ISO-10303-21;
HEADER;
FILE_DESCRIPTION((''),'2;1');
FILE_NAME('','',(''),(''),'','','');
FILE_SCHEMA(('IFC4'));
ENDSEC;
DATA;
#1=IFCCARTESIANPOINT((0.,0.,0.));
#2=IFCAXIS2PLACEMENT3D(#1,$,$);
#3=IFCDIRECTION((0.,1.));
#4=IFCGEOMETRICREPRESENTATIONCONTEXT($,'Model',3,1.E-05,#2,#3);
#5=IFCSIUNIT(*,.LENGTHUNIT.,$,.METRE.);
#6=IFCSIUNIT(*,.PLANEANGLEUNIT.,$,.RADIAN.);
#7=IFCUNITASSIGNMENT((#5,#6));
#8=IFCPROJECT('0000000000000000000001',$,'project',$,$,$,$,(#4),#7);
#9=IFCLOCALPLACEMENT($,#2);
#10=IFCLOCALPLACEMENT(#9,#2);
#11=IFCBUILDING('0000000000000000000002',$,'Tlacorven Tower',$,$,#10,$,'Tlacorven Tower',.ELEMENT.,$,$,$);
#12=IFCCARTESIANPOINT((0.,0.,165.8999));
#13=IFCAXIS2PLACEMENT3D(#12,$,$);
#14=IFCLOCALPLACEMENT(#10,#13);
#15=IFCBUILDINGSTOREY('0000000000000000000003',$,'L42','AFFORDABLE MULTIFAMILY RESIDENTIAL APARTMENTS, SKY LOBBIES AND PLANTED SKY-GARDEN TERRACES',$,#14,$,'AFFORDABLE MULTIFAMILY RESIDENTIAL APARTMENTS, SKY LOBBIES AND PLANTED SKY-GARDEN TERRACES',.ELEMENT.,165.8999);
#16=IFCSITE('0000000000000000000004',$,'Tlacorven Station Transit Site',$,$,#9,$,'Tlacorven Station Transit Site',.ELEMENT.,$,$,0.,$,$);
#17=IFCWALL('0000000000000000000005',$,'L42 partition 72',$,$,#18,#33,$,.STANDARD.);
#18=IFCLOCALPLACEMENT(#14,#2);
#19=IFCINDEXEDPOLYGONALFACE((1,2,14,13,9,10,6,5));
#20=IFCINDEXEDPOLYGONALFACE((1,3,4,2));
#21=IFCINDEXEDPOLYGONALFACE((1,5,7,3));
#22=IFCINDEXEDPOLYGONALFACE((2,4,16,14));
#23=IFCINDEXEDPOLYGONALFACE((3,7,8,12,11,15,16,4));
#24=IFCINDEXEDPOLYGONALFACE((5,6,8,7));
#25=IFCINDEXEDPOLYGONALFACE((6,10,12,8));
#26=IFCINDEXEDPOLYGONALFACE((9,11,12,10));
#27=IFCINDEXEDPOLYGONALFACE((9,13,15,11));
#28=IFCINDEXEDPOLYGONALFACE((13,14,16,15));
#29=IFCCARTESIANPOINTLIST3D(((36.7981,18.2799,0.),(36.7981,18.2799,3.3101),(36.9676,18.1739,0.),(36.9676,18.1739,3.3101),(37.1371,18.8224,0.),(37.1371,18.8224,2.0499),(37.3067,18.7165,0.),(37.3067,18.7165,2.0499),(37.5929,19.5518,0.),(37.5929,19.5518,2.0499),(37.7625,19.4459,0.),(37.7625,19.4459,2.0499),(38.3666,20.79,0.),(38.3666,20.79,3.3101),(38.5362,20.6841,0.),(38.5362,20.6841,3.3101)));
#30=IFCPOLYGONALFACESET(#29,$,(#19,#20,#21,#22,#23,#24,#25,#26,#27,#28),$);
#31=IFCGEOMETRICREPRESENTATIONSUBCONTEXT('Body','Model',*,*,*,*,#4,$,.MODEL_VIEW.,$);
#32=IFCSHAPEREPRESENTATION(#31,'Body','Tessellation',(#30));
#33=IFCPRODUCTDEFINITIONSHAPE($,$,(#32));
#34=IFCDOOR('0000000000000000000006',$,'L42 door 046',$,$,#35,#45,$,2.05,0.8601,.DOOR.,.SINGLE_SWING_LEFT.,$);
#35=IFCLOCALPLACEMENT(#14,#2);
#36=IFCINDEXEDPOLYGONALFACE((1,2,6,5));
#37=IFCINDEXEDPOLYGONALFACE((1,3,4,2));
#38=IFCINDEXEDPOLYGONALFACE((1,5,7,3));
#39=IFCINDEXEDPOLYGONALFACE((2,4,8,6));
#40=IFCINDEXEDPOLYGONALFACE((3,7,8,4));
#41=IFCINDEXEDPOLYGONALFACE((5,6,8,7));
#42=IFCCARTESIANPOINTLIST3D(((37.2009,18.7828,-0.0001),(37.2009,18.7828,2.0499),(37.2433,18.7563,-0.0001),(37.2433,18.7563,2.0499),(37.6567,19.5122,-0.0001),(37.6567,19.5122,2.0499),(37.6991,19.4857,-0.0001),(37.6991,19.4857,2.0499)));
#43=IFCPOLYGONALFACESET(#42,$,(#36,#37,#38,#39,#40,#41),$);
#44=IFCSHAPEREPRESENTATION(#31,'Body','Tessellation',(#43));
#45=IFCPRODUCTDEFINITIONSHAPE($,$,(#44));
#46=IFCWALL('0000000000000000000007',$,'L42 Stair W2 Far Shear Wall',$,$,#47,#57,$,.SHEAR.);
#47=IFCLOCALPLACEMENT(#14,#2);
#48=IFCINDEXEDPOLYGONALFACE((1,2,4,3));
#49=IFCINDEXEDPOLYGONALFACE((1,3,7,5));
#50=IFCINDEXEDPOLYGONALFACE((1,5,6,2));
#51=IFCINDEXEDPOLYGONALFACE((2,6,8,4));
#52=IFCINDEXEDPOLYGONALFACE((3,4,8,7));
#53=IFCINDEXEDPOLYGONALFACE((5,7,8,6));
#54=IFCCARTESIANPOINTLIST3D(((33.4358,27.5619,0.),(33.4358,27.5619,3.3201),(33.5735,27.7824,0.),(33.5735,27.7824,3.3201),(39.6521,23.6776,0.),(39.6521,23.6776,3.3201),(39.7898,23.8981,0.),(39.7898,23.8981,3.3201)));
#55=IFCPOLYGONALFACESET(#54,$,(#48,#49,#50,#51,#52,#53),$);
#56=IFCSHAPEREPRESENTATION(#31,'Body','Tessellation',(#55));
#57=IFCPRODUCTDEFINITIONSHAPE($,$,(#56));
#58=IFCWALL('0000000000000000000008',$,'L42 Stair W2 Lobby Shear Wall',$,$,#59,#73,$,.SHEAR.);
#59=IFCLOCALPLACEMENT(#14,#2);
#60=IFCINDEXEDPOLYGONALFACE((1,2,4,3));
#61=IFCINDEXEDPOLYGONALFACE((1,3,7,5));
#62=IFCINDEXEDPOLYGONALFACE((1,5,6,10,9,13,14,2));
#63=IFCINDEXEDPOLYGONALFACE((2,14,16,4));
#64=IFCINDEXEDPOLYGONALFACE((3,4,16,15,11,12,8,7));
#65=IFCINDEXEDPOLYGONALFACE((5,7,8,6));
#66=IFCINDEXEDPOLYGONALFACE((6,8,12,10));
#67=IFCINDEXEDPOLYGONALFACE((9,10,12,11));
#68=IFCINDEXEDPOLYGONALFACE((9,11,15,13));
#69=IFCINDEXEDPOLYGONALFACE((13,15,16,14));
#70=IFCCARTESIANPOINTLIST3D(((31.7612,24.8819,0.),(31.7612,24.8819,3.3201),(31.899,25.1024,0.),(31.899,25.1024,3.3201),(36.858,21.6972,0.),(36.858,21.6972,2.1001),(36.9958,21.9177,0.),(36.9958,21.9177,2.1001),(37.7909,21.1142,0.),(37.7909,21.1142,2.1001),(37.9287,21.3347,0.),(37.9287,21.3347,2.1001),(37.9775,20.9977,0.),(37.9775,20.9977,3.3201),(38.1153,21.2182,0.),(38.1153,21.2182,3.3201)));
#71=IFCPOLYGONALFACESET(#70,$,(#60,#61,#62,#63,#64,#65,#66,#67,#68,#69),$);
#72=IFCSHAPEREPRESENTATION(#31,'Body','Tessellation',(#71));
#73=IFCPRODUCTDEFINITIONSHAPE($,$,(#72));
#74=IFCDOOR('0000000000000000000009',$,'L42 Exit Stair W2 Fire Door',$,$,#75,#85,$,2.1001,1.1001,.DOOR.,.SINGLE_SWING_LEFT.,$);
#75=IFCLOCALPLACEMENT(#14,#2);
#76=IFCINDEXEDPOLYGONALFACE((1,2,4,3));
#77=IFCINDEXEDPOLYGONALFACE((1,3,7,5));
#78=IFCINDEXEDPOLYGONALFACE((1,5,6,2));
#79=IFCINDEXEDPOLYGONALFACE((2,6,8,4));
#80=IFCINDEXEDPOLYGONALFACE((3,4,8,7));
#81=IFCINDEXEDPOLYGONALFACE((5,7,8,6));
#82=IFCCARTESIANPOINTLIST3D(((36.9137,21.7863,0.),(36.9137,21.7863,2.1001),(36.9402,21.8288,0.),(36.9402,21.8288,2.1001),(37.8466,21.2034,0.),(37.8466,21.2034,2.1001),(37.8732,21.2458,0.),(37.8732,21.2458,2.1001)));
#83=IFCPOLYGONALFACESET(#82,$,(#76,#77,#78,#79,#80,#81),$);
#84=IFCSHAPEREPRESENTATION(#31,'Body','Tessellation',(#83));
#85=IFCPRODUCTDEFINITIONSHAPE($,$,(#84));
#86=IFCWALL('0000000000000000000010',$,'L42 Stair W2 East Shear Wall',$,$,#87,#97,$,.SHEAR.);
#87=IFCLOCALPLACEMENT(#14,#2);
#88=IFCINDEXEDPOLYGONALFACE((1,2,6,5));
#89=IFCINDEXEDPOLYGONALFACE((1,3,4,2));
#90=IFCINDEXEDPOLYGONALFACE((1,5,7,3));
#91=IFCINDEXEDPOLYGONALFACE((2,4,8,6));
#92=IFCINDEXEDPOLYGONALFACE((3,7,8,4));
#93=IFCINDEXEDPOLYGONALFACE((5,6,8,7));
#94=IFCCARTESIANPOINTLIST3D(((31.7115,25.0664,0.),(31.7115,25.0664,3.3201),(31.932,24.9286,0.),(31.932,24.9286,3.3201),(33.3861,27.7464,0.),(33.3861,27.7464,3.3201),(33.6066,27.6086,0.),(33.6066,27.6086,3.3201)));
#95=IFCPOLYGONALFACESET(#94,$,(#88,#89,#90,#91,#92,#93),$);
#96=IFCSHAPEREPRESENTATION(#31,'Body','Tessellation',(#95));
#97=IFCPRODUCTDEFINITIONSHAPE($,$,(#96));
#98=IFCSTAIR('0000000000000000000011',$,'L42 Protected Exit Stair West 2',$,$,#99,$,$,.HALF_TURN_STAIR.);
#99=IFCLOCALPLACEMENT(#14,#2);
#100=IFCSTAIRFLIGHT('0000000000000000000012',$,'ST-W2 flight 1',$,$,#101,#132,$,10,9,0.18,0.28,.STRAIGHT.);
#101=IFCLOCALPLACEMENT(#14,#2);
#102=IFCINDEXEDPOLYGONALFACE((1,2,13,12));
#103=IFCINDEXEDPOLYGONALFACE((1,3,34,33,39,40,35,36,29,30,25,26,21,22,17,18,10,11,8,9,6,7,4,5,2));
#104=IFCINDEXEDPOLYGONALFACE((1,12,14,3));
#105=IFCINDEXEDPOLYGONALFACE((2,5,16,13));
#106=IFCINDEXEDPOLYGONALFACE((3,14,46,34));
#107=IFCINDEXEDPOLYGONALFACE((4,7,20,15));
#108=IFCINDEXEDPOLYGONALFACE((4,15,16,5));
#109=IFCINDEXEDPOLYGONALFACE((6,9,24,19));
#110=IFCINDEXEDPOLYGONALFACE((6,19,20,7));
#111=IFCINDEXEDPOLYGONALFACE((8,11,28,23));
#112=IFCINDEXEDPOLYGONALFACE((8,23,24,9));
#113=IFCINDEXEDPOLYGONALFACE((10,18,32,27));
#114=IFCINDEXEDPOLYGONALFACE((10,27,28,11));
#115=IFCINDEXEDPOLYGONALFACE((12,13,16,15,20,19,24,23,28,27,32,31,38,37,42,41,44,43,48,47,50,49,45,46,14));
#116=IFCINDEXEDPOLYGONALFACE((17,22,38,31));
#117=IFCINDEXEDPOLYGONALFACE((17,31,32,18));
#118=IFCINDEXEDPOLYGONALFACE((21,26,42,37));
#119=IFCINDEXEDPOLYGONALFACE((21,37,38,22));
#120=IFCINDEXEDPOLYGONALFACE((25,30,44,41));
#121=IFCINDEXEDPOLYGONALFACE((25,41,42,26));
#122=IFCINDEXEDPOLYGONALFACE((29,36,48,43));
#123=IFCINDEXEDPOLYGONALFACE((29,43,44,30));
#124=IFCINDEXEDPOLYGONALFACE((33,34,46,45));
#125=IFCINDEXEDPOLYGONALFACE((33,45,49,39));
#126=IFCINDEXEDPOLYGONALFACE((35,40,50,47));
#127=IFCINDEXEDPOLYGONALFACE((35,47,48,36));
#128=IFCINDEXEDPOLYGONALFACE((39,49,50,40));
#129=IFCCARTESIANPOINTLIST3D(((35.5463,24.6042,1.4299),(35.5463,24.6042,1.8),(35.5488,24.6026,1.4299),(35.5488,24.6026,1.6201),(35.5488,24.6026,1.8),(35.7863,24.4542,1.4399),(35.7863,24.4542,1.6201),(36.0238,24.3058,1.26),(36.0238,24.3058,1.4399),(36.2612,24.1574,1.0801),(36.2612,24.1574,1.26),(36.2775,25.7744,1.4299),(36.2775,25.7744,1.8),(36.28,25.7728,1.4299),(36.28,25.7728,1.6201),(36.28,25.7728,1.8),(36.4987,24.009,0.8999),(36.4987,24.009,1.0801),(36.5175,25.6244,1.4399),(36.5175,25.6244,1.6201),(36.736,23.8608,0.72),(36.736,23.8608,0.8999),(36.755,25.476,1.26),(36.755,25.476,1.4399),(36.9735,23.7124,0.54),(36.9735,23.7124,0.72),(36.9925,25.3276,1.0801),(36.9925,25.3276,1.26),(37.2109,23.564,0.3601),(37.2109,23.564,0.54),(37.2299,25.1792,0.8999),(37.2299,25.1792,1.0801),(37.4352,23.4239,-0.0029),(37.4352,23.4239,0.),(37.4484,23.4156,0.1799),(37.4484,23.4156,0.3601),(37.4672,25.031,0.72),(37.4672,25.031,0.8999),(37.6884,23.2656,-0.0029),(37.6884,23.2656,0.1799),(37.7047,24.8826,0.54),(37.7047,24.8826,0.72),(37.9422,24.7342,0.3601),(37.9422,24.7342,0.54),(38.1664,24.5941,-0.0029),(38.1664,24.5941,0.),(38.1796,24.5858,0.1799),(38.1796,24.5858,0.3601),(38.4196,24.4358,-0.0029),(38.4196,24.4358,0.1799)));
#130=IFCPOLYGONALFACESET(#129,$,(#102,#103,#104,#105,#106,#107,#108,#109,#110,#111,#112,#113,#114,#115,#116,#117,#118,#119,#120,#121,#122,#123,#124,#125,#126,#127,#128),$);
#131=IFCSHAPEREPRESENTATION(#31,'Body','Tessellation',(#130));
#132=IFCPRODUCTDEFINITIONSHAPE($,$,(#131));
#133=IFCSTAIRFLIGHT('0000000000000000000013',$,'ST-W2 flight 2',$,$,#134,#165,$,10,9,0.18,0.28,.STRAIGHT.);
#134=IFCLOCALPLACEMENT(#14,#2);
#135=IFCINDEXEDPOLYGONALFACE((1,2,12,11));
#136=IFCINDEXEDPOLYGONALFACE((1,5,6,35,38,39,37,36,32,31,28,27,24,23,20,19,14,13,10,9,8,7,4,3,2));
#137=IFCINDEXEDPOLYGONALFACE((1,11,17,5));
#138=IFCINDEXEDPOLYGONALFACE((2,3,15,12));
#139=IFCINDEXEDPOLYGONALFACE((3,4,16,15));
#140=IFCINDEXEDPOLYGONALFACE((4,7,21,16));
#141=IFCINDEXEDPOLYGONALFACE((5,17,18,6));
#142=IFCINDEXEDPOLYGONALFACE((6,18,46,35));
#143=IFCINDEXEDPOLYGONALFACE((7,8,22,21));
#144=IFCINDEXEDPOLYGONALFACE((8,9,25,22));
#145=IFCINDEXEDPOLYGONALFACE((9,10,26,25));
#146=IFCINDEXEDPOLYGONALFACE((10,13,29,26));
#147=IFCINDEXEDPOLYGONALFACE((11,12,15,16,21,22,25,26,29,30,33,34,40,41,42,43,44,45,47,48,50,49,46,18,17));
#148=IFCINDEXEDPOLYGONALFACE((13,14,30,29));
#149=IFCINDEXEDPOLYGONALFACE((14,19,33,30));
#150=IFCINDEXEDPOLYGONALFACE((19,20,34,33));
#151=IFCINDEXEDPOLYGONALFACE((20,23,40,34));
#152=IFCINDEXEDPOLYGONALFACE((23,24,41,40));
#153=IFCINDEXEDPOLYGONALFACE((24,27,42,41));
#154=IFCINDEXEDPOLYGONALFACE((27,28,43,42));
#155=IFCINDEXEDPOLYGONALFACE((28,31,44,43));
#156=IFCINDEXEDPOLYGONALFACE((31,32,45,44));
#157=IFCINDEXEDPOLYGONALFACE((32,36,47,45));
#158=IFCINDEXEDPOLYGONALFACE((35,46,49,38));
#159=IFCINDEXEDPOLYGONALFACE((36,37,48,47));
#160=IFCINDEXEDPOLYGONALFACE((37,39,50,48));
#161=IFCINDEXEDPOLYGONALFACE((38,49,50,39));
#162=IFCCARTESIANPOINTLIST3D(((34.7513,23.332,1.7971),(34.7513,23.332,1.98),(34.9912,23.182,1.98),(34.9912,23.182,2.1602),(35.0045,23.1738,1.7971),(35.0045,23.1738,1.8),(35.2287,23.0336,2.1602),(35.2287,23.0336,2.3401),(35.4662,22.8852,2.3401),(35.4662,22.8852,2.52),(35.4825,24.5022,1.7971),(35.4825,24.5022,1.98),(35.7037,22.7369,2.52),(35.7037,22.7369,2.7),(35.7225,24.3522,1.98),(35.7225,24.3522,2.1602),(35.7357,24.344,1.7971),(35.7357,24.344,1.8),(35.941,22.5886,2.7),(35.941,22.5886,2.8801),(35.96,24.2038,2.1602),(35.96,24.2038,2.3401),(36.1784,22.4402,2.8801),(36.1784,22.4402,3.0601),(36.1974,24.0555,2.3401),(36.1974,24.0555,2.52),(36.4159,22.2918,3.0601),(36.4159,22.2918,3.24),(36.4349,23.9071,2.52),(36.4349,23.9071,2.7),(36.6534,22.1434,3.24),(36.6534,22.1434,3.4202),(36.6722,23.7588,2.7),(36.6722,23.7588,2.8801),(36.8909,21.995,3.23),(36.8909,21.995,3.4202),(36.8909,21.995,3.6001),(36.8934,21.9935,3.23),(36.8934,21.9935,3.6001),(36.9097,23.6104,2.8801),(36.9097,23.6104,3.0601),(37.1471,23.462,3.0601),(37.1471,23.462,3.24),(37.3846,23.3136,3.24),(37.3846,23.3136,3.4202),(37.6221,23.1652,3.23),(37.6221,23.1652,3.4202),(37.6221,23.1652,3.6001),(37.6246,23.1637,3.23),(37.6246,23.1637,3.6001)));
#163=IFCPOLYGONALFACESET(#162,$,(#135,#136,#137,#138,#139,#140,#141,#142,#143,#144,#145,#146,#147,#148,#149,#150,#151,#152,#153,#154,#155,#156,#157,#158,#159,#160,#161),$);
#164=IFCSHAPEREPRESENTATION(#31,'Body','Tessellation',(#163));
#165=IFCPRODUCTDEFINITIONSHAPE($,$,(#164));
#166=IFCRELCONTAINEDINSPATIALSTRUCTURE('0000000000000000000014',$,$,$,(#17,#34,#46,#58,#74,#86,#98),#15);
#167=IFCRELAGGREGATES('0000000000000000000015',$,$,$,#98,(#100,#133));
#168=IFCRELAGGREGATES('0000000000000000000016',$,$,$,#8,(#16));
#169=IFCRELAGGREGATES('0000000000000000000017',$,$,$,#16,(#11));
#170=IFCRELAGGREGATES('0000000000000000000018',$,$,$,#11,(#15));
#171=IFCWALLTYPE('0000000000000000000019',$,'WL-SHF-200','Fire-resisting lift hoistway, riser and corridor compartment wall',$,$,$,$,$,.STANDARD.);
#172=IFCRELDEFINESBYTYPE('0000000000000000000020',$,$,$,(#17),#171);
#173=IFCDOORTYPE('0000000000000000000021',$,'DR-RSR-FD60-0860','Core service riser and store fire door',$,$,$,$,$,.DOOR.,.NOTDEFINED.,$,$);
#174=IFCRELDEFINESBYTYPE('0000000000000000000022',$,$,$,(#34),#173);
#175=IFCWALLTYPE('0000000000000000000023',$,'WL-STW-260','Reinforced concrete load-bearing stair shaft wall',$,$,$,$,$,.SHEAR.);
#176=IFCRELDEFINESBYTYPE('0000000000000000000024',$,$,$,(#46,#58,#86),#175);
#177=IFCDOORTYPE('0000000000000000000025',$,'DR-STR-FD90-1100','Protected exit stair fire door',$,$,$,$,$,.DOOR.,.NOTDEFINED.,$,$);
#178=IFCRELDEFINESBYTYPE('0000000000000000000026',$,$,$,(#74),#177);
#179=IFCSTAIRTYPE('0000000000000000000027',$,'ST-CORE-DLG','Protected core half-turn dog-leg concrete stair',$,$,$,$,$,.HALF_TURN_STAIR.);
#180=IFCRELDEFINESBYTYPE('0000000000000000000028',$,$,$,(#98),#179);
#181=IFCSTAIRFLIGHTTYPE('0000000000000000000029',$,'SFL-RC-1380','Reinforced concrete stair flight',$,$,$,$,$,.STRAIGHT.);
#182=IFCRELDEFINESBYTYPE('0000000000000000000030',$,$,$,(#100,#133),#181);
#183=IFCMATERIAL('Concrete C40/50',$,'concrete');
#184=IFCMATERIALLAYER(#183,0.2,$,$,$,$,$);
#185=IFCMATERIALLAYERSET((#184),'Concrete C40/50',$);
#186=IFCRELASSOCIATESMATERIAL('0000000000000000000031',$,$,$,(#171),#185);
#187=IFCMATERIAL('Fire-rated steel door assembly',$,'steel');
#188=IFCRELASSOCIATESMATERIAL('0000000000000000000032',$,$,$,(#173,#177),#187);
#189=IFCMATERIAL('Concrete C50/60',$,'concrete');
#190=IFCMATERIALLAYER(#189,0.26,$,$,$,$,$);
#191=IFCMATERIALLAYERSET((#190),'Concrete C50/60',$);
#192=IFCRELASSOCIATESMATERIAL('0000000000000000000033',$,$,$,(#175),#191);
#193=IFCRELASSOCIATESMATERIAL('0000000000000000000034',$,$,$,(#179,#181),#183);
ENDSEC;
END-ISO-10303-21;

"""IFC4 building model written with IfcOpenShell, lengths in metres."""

from ifc_helpers import new_model, si_unit, direction, frame, frame_2d, origin, place, context, subcontext, project, spatial, polyline, rectangle, outline, extrude, source, transform, mapped, material, layer, layer_set, type_object, element, fill, aggregate, save


model = new_model("IFC4")

# Units and contexts
model_context = context("Model", 3, precision=1e-05, world=origin(), true_north=direction((0.0, 1.0)))
body_context = subcontext(model_context, "Body", "Model", "MODEL_VIEW")
ifc_project = project(units=[si_unit("LENGTHUNIT", "METRE"), si_unit("PLANEANGLEUNIT", "RADIAN")], contexts=[model_context])

# Site, building, storey
site_placement = place(None, origin())
site = spatial("IfcSite", under=ifc_project, at=site_placement, Name="Tlacorven Station Transit Site", LongName="Tlacorven Station Transit Site", CompositionType="ELEMENT", RefElevation=0.0)
building_placement = place(site_placement, origin())
building = spatial("IfcBuilding", under=site, at=building_placement, Name="Tlacorven Tower", LongName="Tlacorven Tower", CompositionType="ELEMENT")
storey_placement = place(building_placement, frame((0.0, 0.0, 165.8999)))
storey = spatial("IfcBuildingStorey", under=building, at=storey_placement, Name="L42", Description="AFFORDABLE MULTIFAMILY RESIDENTIAL APARTMENTS, SKY LOBBIES AND PLANTED SKY-GARDEN TERRACES", LongName="AFFORDABLE MULTIFAMILY RESIDENTIAL APARTMENTS, SKY LOBBIES AND PLANTED SKY-GARDEN TERRACES", CompositionType="ELEMENT", Elevation=165.8999)

# Wall, opening, door
ifc_material_1 = material(Name="Concrete C40/50", Category="concrete")
ifc_layer_1 = layer(ifc_material_1, 0.2)
ifc_layer_set_1 = layer_set([ifc_layer_1], Name="Concrete C40/50")
wall_type_1 = type_object("IfcWallType", Name="WL-SHF-200", Description="Fire-resisting lift hoistway, riser and corridor compartment wall", PredefinedType="STANDARD", material=ifc_layer_set_1)
wall_1_placement = place(storey_placement, frame((38.4514, 20.7371, 0.0), z_axis=(0.0, 0.0, 1.0), x_axis=(-0.529925, -0.848045, 0.0)))
wall_1 = element("IfcWall", 1, at=wall_1_placement, inside=storey, type_object=wall_type_1, Name="L42 partition 72", PredefinedType="STANDARD", context=body_context, shape_type="SweptSolid", body=[
    extrude(rectangle(XDim=2.96, YDim=0.2, at=frame_2d((1.48, 0.0))), origin(), (0.0, 0.0, 1.0), 3.3101),
])
opening_1_placement = place(wall_1_placement, frame((1.46, 0.0, 0.0)))
opening_1 = element("IfcOpeningElement", 2, at=opening_1_placement, cuts=wall_1, PredefinedType="OPENING", context=body_context, shape_type="SweptSolid", body=[
    extrude(rectangle(XDim=0.8601, YDim=2.05, at=frame_2d((0.4302, 1.0249))), frame((0.0, 0.1099, 0.0), z_axis=(0.0, -1.0, 0.0), x_axis=(1.0, 0.0, 0.0)), (0.0, 0.0, 1.0), 0.22),
])
ifc_material_2 = material(Name="Fire-rated steel door assembly", Category="steel")
door_type_1 = type_object("IfcDoorType", Name="DR-RSR-FD60-0860", Description="Core service riser and store fire door", OperationType="NOTDEFINED", PredefinedType="DOOR", material=ifc_material_2)
shared_shape_1 = source(origin(), body_context, "Body", "SweptSolid", [
    extrude(rectangle(XDim=0.8601, YDim=2.05, at=frame_2d((0.4302, 1.0249))), frame((0.0, 0.0249, 0.0), z_axis=(0.0, -1.0, 0.0), x_axis=(1.0, 0.0, 0.0)), (0.0, 0.0, 1.0), 0.05),
])
door_1_placement = place(opening_1_placement, frame((0.8601, 0.0, 0.0), z_axis=(0.0, 0.0, 1.0), x_axis=(-1.0, 0.0, 0.0)))
door_1 = element("IfcDoor", 3, at=door_1_placement, inside=storey, type_object=door_type_1, Name="L42 door 046", OperationType="SINGLE_SWING_LEFT", OverallHeight=2.05, OverallWidth=0.8601, PredefinedType="DOOR", context=body_context, shape_type="MappedRepresentation", body=[
    mapped(shared_shape_1, transform((0.0, 0.0, 0.0), scale=1.0)),
])
fill(opening_1, door_1)

# Wall
ifc_material_3 = material(Name="Concrete C50/60", Category="concrete")
ifc_layer_2 = layer(ifc_material_3, 0.26)
ifc_layer_set_2 = layer_set([ifc_layer_2], Name="Concrete C50/60")
wall_type_2 = type_object("IfcWallType", Name="WL-STW-260", Description="Reinforced concrete load-bearing stair shaft wall", PredefinedType="SHEAR", material=ifc_layer_set_2)
wall_2_placement = place(storey_placement, frame((39.7209, 23.7878, 0.0), z_axis=(0.0, 0.0, 1.0), x_axis=(-0.848054, 0.529909, 0.0)))
element("IfcWall", 4, at=wall_2_placement, inside=storey, type_object=wall_type_2, Name="L42 Stair W2 Far Shear Wall", PredefinedType="SHEAR", context=body_context, shape_type="SweptSolid", body=[
    extrude(rectangle(XDim=7.3301, YDim=0.26, at=frame_2d((3.665, 0.0))), origin(), (0.0, 0.0, 1.0), 3.3201),
])

# Wall, opening, door
wall_3_placement = place(storey_placement, frame((38.0464, 21.1079, 0.0), z_axis=(0.0, 0.0, 1.0), x_axis=(-0.848054, 0.529909, 0.0)))
wall_3 = element("IfcWall", 5, at=wall_3_placement, inside=storey, type_object=wall_type_2, Name="L42 Stair W2 Lobby Shear Wall", PredefinedType="SHEAR", context=body_context, shape_type="SweptSolid", body=[
    extrude(rectangle(XDim=7.3301, YDim=0.26, at=frame_2d((3.665, 0.0))), origin(), (0.0, 0.0, 1.0), 3.3201),
])
opening_2_placement = place(wall_3_placement, frame((0.22, 0.0, 0.0)))
opening_2 = element("IfcOpeningElement", 6, at=opening_2_placement, cuts=wall_3, PredefinedType="OPENING", context=body_context, shape_type="SweptSolid", body=[
    extrude(rectangle(XDim=1.1001, YDim=2.1001, at=frame_2d((0.55, 1.05))), frame((0.0, 0.1401, 0.0), z_axis=(0.0, -1.0, 0.0), x_axis=(1.0, 0.0, 0.0)), (0.0, 0.0, 1.0), 0.28),
])
door_type_2 = type_object("IfcDoorType", Name="DR-STR-FD90-1100", Description="Protected exit stair fire door", OperationType="NOTDEFINED", PredefinedType="DOOR", material=ifc_material_2)
shared_shape_2 = source(origin(), body_context, "Body", "SweptSolid", [
    extrude(rectangle(XDim=1.1001, YDim=2.1001, at=frame_2d((0.55, 1.05))), frame((0.0, 0.0249, 0.0), z_axis=(0.0, -1.0, 0.0), x_axis=(1.0, 0.0, 0.0)), (0.0, 0.0, 1.0), 0.05),
])
door_2_placement = place(opening_2_placement, origin())
door_2 = element("IfcDoor", 7, at=door_2_placement, inside=storey, type_object=door_type_2, Name="L42 Exit Stair W2 Fire Door", OperationType="SINGLE_SWING_LEFT", OverallHeight=2.1001, OverallWidth=1.1001, PredefinedType="DOOR", context=body_context, shape_type="MappedRepresentation", body=[
    mapped(shared_shape_2, transform((0.0, 0.0, 0.0), scale=1.0)),
])
fill(opening_2, door_2)

# Wall
wall_4_placement = place(storey_placement, frame((33.4963, 27.6775, 0.0), z_axis=(0.0, 0.0, 1.0), x_axis=(-0.529909, -0.848055, 0.0)))
element("IfcWall", 8, at=wall_4_placement, inside=storey, type_object=wall_type_2, Name="L42 Stair W2 East Shear Wall", PredefinedType="SHEAR", context=body_context, shape_type="SweptSolid", body=[
    extrude(rectangle(XDim=3.1602, YDim=0.26, at=frame_2d((1.5801, 0.0))), origin(), (0.0, 0.0, 1.0), 3.3201),
])

# Stair, stair flights
stair_type = type_object("IfcStairType", Name="ST-CORE-DLG", Description="Protected core half-turn dog-leg concrete stair", PredefinedType="HALF_TURN_STAIR", material=ifc_material_1)
stair_placement = place(storey_placement, origin())
stair = element("IfcStair", 9, at=stair_placement, inside=storey, type_object=stair_type, Name="L42 Protected Exit Stair West 2", PredefinedType="HALF_TURN_STAIR")
stair_flight_type = type_object("IfcStairFlightType", Name="SFL-RC-1380", Description="Reinforced concrete stair flight", PredefinedType="STRAIGHT", material=ifc_material_1)
shared_shape_3 = source(origin(), body_context, "Body", "SweptSolid", [
    extrude(outline(polyline([(-0.0029, -0.0029), (-0.0029, 0.1799), (0.28, 0.1799), (0.28, 0.3601), (0.5601, 0.3601), (0.5601, 0.54), (0.8401, 0.54), (0.8401, 0.72), (1.1201, 0.72), (1.1201, 0.8999), (1.3999, 0.8999), (1.3999, 1.0801), (1.6799, 1.0801), (1.6799, 1.26), (1.96, 1.26), (1.96, 1.4399), (2.24, 1.4399), (2.24, 1.6201), (2.52, 1.6201), (2.52, 1.8), (2.5229, 1.8), (2.5229, 1.4299), (2.52, 1.4299), (0.2957, 0.0), (0.2957, -0.0029), (-0.0029, -0.0029)])), frame((0.0, 0.6899, 0.0), z_axis=(0.0, -1.0, 0.0), x_axis=(1.0, 0.0, 0.0)), (0.0, 0.0, 1.0), 1.3799),
])
stair_flight_1_placement = place(storey_placement, frame((38.0515, 23.8523, 0.0), z_axis=(0.0, 0.0, 1.0), x_axis=(-0.848048, 0.529919, 0.0)))
stair_flight_1 = element("IfcStairFlight", 10, at=stair_flight_1_placement, type_object=stair_flight_type, Name="ST-W2 flight 1", NumberOfRisers=10, NumberOfTreads=9, PredefinedType="STRAIGHT", RiserHeight=0.18, TreadLength=0.28, context=body_context, shape_type="MappedRepresentation", body=[
    mapped(shared_shape_3, transform((0.0, 0.0, 0.0), scale=1.0)),
])
stair_flight_2_placement = place(storey_placement, frame((35.1194, 23.9155, 1.8), z_axis=(0.0, 0.0, 1.0), x_axis=(0.848048, -0.529919, 0.0)))
stair_flight_2 = element("IfcStairFlight", 11, at=stair_flight_2_placement, type_object=stair_flight_type, Name="ST-W2 flight 2", NumberOfRisers=10, NumberOfTreads=9, PredefinedType="STRAIGHT", RiserHeight=0.18, TreadLength=0.28, context=body_context, shape_type="MappedRepresentation", body=[
    mapped(shared_shape_3, transform((0.0, 0.0, 0.0), scale=1.0)),
])
aggregate(stair, [stair_flight_1, stair_flight_2])

save(model, "model.ifc")
